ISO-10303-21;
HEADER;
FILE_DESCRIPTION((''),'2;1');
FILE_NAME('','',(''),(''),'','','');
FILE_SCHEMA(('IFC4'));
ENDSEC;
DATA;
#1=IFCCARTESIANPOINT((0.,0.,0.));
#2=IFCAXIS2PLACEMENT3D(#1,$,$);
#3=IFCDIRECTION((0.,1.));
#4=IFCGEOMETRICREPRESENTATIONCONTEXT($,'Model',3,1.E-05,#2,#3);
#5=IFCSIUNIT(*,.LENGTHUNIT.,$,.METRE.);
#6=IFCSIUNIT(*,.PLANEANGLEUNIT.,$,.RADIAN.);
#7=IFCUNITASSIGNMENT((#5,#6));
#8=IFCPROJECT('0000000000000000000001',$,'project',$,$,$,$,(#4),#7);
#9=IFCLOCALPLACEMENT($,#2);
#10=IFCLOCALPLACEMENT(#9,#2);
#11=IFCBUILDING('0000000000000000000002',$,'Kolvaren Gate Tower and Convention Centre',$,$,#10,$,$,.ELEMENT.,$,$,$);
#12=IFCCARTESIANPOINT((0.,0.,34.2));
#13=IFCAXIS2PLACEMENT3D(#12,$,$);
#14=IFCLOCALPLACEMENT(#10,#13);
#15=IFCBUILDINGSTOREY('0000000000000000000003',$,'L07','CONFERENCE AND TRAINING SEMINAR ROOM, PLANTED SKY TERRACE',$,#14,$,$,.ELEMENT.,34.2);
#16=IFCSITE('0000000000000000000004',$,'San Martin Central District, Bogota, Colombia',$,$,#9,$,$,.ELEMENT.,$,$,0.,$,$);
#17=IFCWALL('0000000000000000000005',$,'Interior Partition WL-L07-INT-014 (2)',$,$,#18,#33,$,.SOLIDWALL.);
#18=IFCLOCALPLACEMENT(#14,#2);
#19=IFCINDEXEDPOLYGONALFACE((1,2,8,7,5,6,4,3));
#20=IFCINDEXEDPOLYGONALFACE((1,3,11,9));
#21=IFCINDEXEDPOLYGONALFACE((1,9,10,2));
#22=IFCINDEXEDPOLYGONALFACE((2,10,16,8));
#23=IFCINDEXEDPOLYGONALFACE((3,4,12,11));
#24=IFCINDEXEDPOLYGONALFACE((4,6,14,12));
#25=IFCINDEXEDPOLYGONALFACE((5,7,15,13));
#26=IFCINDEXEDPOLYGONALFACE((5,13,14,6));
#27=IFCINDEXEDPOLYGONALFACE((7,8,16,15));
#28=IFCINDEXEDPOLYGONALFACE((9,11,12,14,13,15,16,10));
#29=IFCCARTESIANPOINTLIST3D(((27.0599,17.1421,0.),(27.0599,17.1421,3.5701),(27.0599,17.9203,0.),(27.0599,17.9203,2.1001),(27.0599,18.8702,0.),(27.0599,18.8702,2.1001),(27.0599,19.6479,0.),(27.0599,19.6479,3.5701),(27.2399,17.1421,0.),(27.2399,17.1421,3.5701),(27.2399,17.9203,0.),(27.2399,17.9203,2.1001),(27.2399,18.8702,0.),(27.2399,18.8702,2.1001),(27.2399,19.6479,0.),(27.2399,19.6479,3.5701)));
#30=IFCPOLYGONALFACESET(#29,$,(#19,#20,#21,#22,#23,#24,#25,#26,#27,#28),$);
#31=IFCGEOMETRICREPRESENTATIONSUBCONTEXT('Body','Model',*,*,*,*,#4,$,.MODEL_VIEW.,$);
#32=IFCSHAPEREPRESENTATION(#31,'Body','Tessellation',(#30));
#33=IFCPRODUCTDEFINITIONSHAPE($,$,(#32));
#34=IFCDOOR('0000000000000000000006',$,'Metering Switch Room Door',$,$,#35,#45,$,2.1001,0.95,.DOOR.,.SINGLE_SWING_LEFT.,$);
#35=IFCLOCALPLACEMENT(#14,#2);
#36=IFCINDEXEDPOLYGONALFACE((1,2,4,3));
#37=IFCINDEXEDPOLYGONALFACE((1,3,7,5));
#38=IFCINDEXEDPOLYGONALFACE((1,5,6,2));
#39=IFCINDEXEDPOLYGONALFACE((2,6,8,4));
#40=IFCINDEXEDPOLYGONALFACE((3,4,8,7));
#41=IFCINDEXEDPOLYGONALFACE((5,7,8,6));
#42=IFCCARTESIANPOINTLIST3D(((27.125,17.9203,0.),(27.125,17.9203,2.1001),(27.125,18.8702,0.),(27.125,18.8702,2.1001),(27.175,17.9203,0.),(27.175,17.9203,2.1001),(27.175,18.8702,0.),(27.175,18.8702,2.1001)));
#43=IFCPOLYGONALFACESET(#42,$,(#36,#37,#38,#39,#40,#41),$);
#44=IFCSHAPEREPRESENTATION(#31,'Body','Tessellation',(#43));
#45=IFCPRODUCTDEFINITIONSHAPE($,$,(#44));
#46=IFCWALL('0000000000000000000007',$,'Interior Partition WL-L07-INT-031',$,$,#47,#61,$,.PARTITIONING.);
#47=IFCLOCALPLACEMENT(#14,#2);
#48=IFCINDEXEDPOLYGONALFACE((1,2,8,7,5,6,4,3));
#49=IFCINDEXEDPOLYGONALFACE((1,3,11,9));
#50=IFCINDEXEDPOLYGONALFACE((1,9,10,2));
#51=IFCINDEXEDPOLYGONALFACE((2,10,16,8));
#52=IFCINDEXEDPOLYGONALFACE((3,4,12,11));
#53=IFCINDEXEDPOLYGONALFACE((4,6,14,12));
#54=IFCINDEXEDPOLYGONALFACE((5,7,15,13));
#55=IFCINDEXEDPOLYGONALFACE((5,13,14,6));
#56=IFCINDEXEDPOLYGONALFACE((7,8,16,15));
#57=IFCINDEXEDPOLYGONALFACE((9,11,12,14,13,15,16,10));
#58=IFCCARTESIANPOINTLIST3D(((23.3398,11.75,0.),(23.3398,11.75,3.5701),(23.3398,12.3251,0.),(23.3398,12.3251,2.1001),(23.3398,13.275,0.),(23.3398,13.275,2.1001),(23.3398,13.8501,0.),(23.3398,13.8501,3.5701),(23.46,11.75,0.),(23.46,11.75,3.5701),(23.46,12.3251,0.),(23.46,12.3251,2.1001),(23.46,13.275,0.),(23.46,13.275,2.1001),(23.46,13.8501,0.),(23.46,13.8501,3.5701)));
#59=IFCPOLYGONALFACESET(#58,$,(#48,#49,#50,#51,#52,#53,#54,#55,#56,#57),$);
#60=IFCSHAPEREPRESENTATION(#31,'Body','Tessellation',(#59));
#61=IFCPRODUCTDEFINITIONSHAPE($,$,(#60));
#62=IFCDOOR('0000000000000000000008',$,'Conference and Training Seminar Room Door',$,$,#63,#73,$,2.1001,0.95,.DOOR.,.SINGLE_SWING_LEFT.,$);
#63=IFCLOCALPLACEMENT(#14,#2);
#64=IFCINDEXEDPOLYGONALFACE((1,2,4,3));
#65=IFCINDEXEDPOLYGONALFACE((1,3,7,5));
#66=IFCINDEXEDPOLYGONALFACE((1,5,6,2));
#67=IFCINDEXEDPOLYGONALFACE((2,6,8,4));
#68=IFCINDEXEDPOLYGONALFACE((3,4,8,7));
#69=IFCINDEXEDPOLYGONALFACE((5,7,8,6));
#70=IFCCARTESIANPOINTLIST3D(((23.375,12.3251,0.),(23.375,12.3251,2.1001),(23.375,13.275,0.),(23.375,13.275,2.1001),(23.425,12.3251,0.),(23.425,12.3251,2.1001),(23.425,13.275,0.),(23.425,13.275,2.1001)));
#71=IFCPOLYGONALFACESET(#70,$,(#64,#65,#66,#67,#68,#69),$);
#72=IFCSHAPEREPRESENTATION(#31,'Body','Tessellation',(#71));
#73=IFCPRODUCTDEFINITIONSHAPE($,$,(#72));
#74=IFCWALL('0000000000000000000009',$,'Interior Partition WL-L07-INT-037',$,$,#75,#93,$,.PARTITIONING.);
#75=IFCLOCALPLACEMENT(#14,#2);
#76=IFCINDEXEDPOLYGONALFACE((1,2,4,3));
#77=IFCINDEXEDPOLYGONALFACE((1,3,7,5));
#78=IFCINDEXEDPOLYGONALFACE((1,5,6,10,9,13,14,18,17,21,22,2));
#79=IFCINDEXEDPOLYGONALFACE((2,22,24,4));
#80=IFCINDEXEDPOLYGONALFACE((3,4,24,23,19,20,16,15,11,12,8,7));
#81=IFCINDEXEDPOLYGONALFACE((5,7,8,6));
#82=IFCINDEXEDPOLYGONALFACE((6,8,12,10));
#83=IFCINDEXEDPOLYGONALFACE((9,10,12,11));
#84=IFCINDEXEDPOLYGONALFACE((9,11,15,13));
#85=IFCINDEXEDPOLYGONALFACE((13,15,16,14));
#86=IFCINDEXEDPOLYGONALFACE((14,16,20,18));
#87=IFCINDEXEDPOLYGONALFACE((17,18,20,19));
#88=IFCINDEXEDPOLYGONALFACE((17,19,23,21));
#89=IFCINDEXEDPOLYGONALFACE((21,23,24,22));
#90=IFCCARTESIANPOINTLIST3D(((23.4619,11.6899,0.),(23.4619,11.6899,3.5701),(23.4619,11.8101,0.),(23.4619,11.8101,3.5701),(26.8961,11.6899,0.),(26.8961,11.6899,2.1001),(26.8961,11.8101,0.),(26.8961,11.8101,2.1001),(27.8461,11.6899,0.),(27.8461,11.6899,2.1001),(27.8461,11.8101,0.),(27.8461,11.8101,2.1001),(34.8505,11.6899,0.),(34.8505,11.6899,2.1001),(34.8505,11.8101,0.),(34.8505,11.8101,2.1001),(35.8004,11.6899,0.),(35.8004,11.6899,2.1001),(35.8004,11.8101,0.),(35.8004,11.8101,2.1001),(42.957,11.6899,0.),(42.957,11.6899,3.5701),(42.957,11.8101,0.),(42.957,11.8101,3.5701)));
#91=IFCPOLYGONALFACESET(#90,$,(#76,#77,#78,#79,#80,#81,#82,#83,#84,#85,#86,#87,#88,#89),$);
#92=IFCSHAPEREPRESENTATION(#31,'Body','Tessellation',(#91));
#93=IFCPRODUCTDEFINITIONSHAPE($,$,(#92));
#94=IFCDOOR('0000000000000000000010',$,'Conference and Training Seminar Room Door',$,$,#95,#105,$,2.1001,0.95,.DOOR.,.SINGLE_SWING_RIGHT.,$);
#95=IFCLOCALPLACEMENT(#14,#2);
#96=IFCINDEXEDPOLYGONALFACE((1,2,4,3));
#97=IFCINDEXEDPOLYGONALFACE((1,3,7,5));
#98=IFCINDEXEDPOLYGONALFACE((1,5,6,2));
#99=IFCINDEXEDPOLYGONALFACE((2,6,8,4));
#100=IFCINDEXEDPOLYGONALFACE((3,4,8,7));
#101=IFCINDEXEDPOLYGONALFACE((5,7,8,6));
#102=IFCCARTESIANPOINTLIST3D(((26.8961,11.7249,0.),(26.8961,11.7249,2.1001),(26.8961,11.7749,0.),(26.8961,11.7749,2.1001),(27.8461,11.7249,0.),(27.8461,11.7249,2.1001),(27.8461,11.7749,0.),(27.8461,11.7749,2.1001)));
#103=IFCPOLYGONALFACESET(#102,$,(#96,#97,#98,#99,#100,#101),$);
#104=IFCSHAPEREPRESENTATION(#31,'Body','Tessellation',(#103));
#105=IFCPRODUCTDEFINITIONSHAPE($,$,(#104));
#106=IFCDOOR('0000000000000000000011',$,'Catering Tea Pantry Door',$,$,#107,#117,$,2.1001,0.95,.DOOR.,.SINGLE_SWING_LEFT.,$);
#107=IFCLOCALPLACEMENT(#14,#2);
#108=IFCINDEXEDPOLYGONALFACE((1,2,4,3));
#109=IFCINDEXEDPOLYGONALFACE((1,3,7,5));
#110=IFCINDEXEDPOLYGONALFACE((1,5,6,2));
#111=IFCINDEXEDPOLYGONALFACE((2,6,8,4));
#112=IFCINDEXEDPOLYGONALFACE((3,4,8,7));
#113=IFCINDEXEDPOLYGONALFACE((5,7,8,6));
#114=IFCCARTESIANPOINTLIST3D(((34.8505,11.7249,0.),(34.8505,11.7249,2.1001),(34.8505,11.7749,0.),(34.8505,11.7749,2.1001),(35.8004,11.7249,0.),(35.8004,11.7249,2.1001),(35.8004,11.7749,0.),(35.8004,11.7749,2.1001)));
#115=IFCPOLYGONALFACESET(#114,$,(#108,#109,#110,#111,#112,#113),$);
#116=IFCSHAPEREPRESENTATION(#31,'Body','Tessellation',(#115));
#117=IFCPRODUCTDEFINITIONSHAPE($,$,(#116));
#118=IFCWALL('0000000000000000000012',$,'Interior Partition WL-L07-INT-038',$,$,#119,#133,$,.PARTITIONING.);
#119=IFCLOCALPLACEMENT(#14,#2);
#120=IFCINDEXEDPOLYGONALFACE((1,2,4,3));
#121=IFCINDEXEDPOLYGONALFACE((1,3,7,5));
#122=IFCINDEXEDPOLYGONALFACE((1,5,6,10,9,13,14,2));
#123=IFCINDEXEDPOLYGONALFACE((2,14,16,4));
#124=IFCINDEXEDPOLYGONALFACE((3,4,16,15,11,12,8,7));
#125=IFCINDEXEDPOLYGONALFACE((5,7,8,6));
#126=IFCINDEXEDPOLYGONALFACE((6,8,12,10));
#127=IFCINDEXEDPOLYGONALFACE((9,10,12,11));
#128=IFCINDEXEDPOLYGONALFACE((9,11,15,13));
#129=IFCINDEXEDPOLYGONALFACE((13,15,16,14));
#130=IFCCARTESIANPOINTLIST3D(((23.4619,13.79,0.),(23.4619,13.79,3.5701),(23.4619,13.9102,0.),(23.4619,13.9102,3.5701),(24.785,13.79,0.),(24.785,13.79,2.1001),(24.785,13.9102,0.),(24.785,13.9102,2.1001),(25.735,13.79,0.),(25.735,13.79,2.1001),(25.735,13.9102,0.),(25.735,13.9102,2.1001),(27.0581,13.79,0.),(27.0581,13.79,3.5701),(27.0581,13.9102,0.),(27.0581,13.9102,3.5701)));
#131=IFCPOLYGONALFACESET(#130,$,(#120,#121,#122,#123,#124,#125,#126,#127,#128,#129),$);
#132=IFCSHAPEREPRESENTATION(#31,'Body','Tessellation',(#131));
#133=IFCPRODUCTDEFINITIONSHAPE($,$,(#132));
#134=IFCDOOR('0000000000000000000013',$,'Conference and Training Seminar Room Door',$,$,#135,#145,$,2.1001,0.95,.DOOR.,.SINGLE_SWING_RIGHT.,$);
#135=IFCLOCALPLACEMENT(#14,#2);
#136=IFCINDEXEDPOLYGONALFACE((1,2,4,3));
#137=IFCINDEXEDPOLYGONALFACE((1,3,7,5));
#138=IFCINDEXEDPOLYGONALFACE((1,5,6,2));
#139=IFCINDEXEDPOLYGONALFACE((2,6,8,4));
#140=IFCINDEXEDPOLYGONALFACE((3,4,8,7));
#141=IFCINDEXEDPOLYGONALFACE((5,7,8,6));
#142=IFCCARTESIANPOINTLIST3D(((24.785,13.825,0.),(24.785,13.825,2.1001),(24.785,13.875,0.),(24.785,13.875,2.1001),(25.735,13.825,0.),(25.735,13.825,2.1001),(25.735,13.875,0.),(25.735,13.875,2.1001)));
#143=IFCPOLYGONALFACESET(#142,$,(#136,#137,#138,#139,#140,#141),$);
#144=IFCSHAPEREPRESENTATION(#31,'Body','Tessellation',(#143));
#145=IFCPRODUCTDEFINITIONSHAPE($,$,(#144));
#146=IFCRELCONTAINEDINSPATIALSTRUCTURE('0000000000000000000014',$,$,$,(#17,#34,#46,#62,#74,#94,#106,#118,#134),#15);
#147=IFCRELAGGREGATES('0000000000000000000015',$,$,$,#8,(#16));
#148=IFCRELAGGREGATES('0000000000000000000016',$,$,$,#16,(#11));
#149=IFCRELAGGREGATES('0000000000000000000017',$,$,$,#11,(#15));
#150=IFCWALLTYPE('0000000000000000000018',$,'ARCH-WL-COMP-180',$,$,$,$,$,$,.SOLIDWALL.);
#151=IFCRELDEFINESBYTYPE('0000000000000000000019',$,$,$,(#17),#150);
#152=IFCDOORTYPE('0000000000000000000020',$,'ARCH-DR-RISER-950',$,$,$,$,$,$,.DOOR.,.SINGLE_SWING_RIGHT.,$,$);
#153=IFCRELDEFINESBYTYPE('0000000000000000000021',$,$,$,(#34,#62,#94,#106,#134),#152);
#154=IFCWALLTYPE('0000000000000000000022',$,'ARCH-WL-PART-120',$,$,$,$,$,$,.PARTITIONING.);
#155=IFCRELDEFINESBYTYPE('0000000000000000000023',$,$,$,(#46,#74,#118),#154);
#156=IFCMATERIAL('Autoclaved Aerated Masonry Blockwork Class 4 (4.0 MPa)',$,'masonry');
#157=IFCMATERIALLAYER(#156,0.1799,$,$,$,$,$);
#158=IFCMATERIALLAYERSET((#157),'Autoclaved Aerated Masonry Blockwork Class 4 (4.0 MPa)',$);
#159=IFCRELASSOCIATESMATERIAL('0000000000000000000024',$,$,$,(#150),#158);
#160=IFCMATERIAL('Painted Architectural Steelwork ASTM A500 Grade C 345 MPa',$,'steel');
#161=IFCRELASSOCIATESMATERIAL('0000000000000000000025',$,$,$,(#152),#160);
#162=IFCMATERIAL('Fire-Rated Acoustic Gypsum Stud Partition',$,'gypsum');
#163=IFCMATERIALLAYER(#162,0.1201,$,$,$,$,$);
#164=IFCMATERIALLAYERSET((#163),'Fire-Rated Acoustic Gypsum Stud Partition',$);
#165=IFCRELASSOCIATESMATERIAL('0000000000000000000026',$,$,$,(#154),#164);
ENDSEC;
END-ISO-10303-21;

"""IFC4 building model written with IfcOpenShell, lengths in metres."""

from ifc_helpers import new_model, si_unit, direction, frame, frame_2d, origin, place, context, subcontext, project, spatial, rectangle, extrude, material, layer, layer_set, type_object, element, fill, save


model = new_model("IFC4")

# Units and contexts
model_context = context("Model", 3, precision=1e-05, world=origin(), true_north=direction((0.0, 1.0)))
body_context = subcontext(model_context, "Body", "Model", "MODEL_VIEW")
ifc_project = project(units=[si_unit("LENGTHUNIT", "METRE"), si_unit("PLANEANGLEUNIT", "RADIAN")], contexts=[model_context])

# Site, building, storey
site_placement = place(None, origin())
site = spatial("IfcSite", under=ifc_project, at=site_placement, Name="San Martin Central District, Bogota, Colombia", CompositionType="ELEMENT", RefElevation=0.0)
building_placement = place(site_placement, origin())
building = spatial("IfcBuilding", under=site, at=building_placement, Name="Kolvaren Gate Tower and Convention Centre", CompositionType="ELEMENT")
storey_placement = place(building_placement, frame((0.0, 0.0, 34.2)))
storey = spatial("IfcBuildingStorey", under=building, at=storey_placement, Name="L07", Description="CONFERENCE AND TRAINING SEMINAR ROOM, PLANTED SKY TERRACE", CompositionType="ELEMENT", Elevation=34.2)

# Shared definitions
ifc_material_1 = material(Name="Autoclaved Aerated Masonry Blockwork Class 4 (4.0 MPa)", Category="masonry")
ifc_layer_1 = layer(ifc_material_1, 0.1799)
ifc_layer_set_1 = layer_set([ifc_layer_1], Name="Autoclaved Aerated Masonry Blockwork Class 4 (4.0 MPa)")
wall_type_1 = type_object("IfcWallType", Name="ARCH-WL-COMP-180", PredefinedType="SOLIDWALL", material=ifc_layer_set_1)

# Shared definitions
ifc_material_2 = material(Name="Painted Architectural Steelwork ASTM A500 Grade C 345 MPa", Category="steel")
door_type_1 = type_object("IfcDoorType", Name="ARCH-DR-RISER-950", OperationType="SINGLE_SWING_RIGHT", PredefinedType="DOOR", material=ifc_material_2)

# Walls, openings, doors
wall_1_placement = place(storey_placement, frame((27.1499, 17.1421, 0.0), z_axis=(0.0, 0.0, 1.0), x_axis=(0.0, 1.0, 0.0)))
wall_1 = element("IfcWall", 1, at=wall_1_placement, inside=storey, type_object=wall_type_1, Name="Interior Partition WL-L07-INT-014 (2)", PredefinedType="SOLIDWALL", context=body_context, shape_type="SweptSolid", body=[
    extrude(rectangle(XDim=2.5059, YDim=0.1799, at=frame_2d((1.2529, 0.0))), origin(), (0.0, 0.0, 1.0), 3.5701),
])
opening_1_placement = place(wall_1_placement, frame((0.7781, 0.0, 0.0)))
opening_1 = element("IfcOpeningElement", 2, at=opening_1_placement, cuts=wall_1, PredefinedType="OPENING", context=body_context, shape_type="SweptSolid", body=[
    extrude(rectangle(XDim=0.95, YDim=2.1001, at=frame_2d((0.4751, 1.05))), frame((0.0, 0.0999, 0.0), z_axis=(0.0, -1.0, 0.0), x_axis=(1.0, 0.0, 0.0)), (0.0, 0.0, 1.0), 0.2),
])
door_1_placement = place(opening_1_placement, origin())
door_1 = element("IfcDoor", 3, at=door_1_placement, inside=storey, type_object=door_type_1, Name="Metering Switch Room Door", OperationType="SINGLE_SWING_LEFT", OverallHeight=2.1001, OverallWidth=0.95, PredefinedType="DOOR", context=body_context, shape_type="SweptSolid", body=[
    extrude(rectangle(XDim=0.95, YDim=2.1001, at=frame_2d((0.4751, 1.05))), frame((0.0, 0.0249, 0.0), z_axis=(0.0, -1.0, 0.0), x_axis=(1.0, 0.0, 0.0)), (0.0, 0.0, 1.0), 0.05),
])
fill(opening_1, door_1)
ifc_material_3 = material(Name="Fire-Rated Acoustic Gypsum Stud Partition", Category="gypsum")
ifc_layer_2 = layer(ifc_material_3, 0.1201)
ifc_layer_set_2 = layer_set([ifc_layer_2], Name="Fire-Rated Acoustic Gypsum Stud Partition")
wall_type_2 = type_object("IfcWallType", Name="ARCH-WL-PART-120", PredefinedType="PARTITIONING", material=ifc_layer_set_2)
wall_2_placement = place(storey_placement, frame((23.3999, 11.75, 0.0), z_axis=(0.0, 0.0, 1.0), x_axis=(0.0, 1.0, 0.0)))
wall_2 = element("IfcWall", 4, at=wall_2_placement, inside=storey, type_object=wall_type_2, Name="Interior Partition WL-L07-INT-031", PredefinedType="PARTITIONING", context=body_context, shape_type="SweptSolid", body=[
    extrude(rectangle(XDim=2.1001, YDim=0.1201, at=frame_2d((1.05, 0.0))), origin(), (0.0, 0.0, 1.0), 3.5701),
])
opening_2_placement = place(wall_2_placement, frame((0.575, 0.0, 0.0)))
opening_2 = element("IfcOpeningElement", 5, at=opening_2_placement, cuts=wall_2, PredefinedType="OPENING", context=body_context, shape_type="SweptSolid", body=[
    extrude(rectangle(XDim=0.95, YDim=2.1001, at=frame_2d((0.4751, 1.05))), frame((0.0, 0.0701, 0.0), z_axis=(0.0, -1.0, 0.0), x_axis=(1.0, 0.0, 0.0)), (0.0, 0.0, 1.0), 0.1401),
])
door_2_placement = place(opening_2_placement, origin())
door_2 = element("IfcDoor", 6, at=door_2_placement, inside=storey, type_object=door_type_1, Name="Conference and Training Seminar Room Door", OperationType="SINGLE_SWING_LEFT", OverallHeight=2.1001, OverallWidth=0.95, PredefinedType="DOOR", context=body_context, shape_type="SweptSolid", body=[
    extrude(rectangle(XDim=0.95, YDim=2.1001, at=frame_2d((0.4751, 1.05))), frame((0.0, 0.0249, 0.0), z_axis=(0.0, -1.0, 0.0), x_axis=(1.0, 0.0, 0.0)), (0.0, 0.0, 1.0), 0.05),
])
fill(opening_2, door_2)

# Wall, openings, doors
wall_3_placement = place(storey_placement, frame((23.4619, 11.75, 0.0), z_axis=(0.0, 0.0, 1.0), x_axis=(1.0, 0.0, 0.0)))
wall_3 = element("IfcWall", 7, at=wall_3_placement, inside=storey, type_object=wall_type_2, Name="Interior Partition WL-L07-INT-037", PredefinedType="PARTITIONING", context=body_context, shape_type="SweptSolid", body=[
    extrude(rectangle(XDim=19.4951, YDim=0.1201, at=frame_2d((9.7476, 0.0))), origin(), (0.0, 0.0, 1.0), 3.5701),
])
opening_3_placement = place(wall_3_placement, frame((3.4341, 0.0, 0.0)))
opening_3 = element("IfcOpeningElement", 8, at=opening_3_placement, cuts=wall_3, PredefinedType="OPENING", context=body_context, shape_type="SweptSolid", body=[
    extrude(rectangle(XDim=0.95, YDim=2.1001, at=frame_2d((0.4751, 1.05))), frame((0.0, 0.0701, 0.0), z_axis=(0.0, -1.0, 0.0), x_axis=(1.0, 0.0, 0.0)), (0.0, 0.0, 1.0), 0.1401),
])
opening_4_placement = place(wall_3_placement, frame((11.3884, 0.0, 0.0)))
opening_4 = element("IfcOpeningElement", 9, at=opening_4_placement, cuts=wall_3, PredefinedType="OPENING", context=body_context, shape_type="SweptSolid", body=[
    extrude(rectangle(XDim=0.95, YDim=2.1001, at=frame_2d((0.4751, 1.05))), frame((0.0, 0.0701, 0.0), z_axis=(0.0, -1.0, 0.0), x_axis=(1.0, 0.0, 0.0)), (0.0, 0.0, 1.0), 0.1401),
])
door_3_placement = place(opening_3_placement, origin())
door_3 = element("IfcDoor", 10, at=door_3_placement, inside=storey, type_object=door_type_1, Name="Conference and Training Seminar Room Door", OperationType="SINGLE_SWING_RIGHT", OverallHeight=2.1001, OverallWidth=0.95, PredefinedType="DOOR", context=body_context, shape_type="SweptSolid", body=[
    extrude(rectangle(XDim=0.95, YDim=2.1001, at=frame_2d((0.4751, 1.05))), frame((0.0, 0.0249, 0.0), z_axis=(0.0, -1.0, 0.0), x_axis=(1.0, 0.0, 0.0)), (0.0, 0.0, 1.0), 0.05),
])
fill(opening_3, door_3)
door_4_placement = place(opening_4_placement, origin())
door_4 = element("IfcDoor", 11, at=door_4_placement, inside=storey, type_object=door_type_1, Name="Catering Tea Pantry Door", OperationType="SINGLE_SWING_LEFT", OverallHeight=2.1001, OverallWidth=0.95, PredefinedType="DOOR", context=body_context, shape_type="SweptSolid", body=[
    extrude(rectangle(XDim=0.95, YDim=2.1001, at=frame_2d((0.4751, 1.05))), frame((0.0, 0.0249, 0.0), z_axis=(0.0, -1.0, 0.0), x_axis=(1.0, 0.0, 0.0)), (0.0, 0.0, 1.0), 0.05),
])
fill(opening_4, door_4)

# Wall, opening, door
wall_4_placement = place(storey_placement, frame((23.4619, 13.8501, 0.0), z_axis=(0.0, 0.0, 1.0), x_axis=(1.0, 0.0, 0.0)))
wall_4 = element("IfcWall", 12, at=wall_4_placement, inside=storey, type_object=wall_type_2, Name="Interior Partition WL-L07-INT-038", PredefinedType="PARTITIONING", context=body_context, shape_type="SweptSolid", body=[
    extrude(rectangle(XDim=3.5962, YDim=0.1201, at=frame_2d((1.7981, 0.0))), origin(), (0.0, 0.0, 1.0), 3.5701),
])
opening_5_placement = place(wall_4_placement, frame((1.323, 0.0, 0.0)))
opening_5 = element("IfcOpeningElement", 13, at=opening_5_placement, cuts=wall_4, PredefinedType="OPENING", context=body_context, shape_type="SweptSolid", body=[
    extrude(rectangle(XDim=0.95, YDim=2.1001, at=frame_2d((0.4751, 1.05))), frame((0.0, 0.0701, 0.0), z_axis=(0.0, -1.0, 0.0), x_axis=(1.0, 0.0, 0.0)), (0.0, 0.0, 1.0), 0.1401),
])
door_5_placement = place(opening_5_placement, origin())
door_5 = element("IfcDoor", 14, at=door_5_placement, inside=storey, type_object=door_type_1, Name="Conference and Training Seminar Room Door", OperationType="SINGLE_SWING_RIGHT", OverallHeight=2.1001, OverallWidth=0.95, PredefinedType="DOOR", context=body_context, shape_type="SweptSolid", body=[
    extrude(rectangle(XDim=0.95, YDim=2.1001, at=frame_2d((0.4751, 1.05))), frame((0.0, 0.0249, 0.0), z_axis=(0.0, -1.0, 0.0), x_axis=(1.0, 0.0, 0.0)), (0.0, 0.0, 1.0), 0.05),
])
fill(opening_5, door_5)

save(model, "model.ifc")
